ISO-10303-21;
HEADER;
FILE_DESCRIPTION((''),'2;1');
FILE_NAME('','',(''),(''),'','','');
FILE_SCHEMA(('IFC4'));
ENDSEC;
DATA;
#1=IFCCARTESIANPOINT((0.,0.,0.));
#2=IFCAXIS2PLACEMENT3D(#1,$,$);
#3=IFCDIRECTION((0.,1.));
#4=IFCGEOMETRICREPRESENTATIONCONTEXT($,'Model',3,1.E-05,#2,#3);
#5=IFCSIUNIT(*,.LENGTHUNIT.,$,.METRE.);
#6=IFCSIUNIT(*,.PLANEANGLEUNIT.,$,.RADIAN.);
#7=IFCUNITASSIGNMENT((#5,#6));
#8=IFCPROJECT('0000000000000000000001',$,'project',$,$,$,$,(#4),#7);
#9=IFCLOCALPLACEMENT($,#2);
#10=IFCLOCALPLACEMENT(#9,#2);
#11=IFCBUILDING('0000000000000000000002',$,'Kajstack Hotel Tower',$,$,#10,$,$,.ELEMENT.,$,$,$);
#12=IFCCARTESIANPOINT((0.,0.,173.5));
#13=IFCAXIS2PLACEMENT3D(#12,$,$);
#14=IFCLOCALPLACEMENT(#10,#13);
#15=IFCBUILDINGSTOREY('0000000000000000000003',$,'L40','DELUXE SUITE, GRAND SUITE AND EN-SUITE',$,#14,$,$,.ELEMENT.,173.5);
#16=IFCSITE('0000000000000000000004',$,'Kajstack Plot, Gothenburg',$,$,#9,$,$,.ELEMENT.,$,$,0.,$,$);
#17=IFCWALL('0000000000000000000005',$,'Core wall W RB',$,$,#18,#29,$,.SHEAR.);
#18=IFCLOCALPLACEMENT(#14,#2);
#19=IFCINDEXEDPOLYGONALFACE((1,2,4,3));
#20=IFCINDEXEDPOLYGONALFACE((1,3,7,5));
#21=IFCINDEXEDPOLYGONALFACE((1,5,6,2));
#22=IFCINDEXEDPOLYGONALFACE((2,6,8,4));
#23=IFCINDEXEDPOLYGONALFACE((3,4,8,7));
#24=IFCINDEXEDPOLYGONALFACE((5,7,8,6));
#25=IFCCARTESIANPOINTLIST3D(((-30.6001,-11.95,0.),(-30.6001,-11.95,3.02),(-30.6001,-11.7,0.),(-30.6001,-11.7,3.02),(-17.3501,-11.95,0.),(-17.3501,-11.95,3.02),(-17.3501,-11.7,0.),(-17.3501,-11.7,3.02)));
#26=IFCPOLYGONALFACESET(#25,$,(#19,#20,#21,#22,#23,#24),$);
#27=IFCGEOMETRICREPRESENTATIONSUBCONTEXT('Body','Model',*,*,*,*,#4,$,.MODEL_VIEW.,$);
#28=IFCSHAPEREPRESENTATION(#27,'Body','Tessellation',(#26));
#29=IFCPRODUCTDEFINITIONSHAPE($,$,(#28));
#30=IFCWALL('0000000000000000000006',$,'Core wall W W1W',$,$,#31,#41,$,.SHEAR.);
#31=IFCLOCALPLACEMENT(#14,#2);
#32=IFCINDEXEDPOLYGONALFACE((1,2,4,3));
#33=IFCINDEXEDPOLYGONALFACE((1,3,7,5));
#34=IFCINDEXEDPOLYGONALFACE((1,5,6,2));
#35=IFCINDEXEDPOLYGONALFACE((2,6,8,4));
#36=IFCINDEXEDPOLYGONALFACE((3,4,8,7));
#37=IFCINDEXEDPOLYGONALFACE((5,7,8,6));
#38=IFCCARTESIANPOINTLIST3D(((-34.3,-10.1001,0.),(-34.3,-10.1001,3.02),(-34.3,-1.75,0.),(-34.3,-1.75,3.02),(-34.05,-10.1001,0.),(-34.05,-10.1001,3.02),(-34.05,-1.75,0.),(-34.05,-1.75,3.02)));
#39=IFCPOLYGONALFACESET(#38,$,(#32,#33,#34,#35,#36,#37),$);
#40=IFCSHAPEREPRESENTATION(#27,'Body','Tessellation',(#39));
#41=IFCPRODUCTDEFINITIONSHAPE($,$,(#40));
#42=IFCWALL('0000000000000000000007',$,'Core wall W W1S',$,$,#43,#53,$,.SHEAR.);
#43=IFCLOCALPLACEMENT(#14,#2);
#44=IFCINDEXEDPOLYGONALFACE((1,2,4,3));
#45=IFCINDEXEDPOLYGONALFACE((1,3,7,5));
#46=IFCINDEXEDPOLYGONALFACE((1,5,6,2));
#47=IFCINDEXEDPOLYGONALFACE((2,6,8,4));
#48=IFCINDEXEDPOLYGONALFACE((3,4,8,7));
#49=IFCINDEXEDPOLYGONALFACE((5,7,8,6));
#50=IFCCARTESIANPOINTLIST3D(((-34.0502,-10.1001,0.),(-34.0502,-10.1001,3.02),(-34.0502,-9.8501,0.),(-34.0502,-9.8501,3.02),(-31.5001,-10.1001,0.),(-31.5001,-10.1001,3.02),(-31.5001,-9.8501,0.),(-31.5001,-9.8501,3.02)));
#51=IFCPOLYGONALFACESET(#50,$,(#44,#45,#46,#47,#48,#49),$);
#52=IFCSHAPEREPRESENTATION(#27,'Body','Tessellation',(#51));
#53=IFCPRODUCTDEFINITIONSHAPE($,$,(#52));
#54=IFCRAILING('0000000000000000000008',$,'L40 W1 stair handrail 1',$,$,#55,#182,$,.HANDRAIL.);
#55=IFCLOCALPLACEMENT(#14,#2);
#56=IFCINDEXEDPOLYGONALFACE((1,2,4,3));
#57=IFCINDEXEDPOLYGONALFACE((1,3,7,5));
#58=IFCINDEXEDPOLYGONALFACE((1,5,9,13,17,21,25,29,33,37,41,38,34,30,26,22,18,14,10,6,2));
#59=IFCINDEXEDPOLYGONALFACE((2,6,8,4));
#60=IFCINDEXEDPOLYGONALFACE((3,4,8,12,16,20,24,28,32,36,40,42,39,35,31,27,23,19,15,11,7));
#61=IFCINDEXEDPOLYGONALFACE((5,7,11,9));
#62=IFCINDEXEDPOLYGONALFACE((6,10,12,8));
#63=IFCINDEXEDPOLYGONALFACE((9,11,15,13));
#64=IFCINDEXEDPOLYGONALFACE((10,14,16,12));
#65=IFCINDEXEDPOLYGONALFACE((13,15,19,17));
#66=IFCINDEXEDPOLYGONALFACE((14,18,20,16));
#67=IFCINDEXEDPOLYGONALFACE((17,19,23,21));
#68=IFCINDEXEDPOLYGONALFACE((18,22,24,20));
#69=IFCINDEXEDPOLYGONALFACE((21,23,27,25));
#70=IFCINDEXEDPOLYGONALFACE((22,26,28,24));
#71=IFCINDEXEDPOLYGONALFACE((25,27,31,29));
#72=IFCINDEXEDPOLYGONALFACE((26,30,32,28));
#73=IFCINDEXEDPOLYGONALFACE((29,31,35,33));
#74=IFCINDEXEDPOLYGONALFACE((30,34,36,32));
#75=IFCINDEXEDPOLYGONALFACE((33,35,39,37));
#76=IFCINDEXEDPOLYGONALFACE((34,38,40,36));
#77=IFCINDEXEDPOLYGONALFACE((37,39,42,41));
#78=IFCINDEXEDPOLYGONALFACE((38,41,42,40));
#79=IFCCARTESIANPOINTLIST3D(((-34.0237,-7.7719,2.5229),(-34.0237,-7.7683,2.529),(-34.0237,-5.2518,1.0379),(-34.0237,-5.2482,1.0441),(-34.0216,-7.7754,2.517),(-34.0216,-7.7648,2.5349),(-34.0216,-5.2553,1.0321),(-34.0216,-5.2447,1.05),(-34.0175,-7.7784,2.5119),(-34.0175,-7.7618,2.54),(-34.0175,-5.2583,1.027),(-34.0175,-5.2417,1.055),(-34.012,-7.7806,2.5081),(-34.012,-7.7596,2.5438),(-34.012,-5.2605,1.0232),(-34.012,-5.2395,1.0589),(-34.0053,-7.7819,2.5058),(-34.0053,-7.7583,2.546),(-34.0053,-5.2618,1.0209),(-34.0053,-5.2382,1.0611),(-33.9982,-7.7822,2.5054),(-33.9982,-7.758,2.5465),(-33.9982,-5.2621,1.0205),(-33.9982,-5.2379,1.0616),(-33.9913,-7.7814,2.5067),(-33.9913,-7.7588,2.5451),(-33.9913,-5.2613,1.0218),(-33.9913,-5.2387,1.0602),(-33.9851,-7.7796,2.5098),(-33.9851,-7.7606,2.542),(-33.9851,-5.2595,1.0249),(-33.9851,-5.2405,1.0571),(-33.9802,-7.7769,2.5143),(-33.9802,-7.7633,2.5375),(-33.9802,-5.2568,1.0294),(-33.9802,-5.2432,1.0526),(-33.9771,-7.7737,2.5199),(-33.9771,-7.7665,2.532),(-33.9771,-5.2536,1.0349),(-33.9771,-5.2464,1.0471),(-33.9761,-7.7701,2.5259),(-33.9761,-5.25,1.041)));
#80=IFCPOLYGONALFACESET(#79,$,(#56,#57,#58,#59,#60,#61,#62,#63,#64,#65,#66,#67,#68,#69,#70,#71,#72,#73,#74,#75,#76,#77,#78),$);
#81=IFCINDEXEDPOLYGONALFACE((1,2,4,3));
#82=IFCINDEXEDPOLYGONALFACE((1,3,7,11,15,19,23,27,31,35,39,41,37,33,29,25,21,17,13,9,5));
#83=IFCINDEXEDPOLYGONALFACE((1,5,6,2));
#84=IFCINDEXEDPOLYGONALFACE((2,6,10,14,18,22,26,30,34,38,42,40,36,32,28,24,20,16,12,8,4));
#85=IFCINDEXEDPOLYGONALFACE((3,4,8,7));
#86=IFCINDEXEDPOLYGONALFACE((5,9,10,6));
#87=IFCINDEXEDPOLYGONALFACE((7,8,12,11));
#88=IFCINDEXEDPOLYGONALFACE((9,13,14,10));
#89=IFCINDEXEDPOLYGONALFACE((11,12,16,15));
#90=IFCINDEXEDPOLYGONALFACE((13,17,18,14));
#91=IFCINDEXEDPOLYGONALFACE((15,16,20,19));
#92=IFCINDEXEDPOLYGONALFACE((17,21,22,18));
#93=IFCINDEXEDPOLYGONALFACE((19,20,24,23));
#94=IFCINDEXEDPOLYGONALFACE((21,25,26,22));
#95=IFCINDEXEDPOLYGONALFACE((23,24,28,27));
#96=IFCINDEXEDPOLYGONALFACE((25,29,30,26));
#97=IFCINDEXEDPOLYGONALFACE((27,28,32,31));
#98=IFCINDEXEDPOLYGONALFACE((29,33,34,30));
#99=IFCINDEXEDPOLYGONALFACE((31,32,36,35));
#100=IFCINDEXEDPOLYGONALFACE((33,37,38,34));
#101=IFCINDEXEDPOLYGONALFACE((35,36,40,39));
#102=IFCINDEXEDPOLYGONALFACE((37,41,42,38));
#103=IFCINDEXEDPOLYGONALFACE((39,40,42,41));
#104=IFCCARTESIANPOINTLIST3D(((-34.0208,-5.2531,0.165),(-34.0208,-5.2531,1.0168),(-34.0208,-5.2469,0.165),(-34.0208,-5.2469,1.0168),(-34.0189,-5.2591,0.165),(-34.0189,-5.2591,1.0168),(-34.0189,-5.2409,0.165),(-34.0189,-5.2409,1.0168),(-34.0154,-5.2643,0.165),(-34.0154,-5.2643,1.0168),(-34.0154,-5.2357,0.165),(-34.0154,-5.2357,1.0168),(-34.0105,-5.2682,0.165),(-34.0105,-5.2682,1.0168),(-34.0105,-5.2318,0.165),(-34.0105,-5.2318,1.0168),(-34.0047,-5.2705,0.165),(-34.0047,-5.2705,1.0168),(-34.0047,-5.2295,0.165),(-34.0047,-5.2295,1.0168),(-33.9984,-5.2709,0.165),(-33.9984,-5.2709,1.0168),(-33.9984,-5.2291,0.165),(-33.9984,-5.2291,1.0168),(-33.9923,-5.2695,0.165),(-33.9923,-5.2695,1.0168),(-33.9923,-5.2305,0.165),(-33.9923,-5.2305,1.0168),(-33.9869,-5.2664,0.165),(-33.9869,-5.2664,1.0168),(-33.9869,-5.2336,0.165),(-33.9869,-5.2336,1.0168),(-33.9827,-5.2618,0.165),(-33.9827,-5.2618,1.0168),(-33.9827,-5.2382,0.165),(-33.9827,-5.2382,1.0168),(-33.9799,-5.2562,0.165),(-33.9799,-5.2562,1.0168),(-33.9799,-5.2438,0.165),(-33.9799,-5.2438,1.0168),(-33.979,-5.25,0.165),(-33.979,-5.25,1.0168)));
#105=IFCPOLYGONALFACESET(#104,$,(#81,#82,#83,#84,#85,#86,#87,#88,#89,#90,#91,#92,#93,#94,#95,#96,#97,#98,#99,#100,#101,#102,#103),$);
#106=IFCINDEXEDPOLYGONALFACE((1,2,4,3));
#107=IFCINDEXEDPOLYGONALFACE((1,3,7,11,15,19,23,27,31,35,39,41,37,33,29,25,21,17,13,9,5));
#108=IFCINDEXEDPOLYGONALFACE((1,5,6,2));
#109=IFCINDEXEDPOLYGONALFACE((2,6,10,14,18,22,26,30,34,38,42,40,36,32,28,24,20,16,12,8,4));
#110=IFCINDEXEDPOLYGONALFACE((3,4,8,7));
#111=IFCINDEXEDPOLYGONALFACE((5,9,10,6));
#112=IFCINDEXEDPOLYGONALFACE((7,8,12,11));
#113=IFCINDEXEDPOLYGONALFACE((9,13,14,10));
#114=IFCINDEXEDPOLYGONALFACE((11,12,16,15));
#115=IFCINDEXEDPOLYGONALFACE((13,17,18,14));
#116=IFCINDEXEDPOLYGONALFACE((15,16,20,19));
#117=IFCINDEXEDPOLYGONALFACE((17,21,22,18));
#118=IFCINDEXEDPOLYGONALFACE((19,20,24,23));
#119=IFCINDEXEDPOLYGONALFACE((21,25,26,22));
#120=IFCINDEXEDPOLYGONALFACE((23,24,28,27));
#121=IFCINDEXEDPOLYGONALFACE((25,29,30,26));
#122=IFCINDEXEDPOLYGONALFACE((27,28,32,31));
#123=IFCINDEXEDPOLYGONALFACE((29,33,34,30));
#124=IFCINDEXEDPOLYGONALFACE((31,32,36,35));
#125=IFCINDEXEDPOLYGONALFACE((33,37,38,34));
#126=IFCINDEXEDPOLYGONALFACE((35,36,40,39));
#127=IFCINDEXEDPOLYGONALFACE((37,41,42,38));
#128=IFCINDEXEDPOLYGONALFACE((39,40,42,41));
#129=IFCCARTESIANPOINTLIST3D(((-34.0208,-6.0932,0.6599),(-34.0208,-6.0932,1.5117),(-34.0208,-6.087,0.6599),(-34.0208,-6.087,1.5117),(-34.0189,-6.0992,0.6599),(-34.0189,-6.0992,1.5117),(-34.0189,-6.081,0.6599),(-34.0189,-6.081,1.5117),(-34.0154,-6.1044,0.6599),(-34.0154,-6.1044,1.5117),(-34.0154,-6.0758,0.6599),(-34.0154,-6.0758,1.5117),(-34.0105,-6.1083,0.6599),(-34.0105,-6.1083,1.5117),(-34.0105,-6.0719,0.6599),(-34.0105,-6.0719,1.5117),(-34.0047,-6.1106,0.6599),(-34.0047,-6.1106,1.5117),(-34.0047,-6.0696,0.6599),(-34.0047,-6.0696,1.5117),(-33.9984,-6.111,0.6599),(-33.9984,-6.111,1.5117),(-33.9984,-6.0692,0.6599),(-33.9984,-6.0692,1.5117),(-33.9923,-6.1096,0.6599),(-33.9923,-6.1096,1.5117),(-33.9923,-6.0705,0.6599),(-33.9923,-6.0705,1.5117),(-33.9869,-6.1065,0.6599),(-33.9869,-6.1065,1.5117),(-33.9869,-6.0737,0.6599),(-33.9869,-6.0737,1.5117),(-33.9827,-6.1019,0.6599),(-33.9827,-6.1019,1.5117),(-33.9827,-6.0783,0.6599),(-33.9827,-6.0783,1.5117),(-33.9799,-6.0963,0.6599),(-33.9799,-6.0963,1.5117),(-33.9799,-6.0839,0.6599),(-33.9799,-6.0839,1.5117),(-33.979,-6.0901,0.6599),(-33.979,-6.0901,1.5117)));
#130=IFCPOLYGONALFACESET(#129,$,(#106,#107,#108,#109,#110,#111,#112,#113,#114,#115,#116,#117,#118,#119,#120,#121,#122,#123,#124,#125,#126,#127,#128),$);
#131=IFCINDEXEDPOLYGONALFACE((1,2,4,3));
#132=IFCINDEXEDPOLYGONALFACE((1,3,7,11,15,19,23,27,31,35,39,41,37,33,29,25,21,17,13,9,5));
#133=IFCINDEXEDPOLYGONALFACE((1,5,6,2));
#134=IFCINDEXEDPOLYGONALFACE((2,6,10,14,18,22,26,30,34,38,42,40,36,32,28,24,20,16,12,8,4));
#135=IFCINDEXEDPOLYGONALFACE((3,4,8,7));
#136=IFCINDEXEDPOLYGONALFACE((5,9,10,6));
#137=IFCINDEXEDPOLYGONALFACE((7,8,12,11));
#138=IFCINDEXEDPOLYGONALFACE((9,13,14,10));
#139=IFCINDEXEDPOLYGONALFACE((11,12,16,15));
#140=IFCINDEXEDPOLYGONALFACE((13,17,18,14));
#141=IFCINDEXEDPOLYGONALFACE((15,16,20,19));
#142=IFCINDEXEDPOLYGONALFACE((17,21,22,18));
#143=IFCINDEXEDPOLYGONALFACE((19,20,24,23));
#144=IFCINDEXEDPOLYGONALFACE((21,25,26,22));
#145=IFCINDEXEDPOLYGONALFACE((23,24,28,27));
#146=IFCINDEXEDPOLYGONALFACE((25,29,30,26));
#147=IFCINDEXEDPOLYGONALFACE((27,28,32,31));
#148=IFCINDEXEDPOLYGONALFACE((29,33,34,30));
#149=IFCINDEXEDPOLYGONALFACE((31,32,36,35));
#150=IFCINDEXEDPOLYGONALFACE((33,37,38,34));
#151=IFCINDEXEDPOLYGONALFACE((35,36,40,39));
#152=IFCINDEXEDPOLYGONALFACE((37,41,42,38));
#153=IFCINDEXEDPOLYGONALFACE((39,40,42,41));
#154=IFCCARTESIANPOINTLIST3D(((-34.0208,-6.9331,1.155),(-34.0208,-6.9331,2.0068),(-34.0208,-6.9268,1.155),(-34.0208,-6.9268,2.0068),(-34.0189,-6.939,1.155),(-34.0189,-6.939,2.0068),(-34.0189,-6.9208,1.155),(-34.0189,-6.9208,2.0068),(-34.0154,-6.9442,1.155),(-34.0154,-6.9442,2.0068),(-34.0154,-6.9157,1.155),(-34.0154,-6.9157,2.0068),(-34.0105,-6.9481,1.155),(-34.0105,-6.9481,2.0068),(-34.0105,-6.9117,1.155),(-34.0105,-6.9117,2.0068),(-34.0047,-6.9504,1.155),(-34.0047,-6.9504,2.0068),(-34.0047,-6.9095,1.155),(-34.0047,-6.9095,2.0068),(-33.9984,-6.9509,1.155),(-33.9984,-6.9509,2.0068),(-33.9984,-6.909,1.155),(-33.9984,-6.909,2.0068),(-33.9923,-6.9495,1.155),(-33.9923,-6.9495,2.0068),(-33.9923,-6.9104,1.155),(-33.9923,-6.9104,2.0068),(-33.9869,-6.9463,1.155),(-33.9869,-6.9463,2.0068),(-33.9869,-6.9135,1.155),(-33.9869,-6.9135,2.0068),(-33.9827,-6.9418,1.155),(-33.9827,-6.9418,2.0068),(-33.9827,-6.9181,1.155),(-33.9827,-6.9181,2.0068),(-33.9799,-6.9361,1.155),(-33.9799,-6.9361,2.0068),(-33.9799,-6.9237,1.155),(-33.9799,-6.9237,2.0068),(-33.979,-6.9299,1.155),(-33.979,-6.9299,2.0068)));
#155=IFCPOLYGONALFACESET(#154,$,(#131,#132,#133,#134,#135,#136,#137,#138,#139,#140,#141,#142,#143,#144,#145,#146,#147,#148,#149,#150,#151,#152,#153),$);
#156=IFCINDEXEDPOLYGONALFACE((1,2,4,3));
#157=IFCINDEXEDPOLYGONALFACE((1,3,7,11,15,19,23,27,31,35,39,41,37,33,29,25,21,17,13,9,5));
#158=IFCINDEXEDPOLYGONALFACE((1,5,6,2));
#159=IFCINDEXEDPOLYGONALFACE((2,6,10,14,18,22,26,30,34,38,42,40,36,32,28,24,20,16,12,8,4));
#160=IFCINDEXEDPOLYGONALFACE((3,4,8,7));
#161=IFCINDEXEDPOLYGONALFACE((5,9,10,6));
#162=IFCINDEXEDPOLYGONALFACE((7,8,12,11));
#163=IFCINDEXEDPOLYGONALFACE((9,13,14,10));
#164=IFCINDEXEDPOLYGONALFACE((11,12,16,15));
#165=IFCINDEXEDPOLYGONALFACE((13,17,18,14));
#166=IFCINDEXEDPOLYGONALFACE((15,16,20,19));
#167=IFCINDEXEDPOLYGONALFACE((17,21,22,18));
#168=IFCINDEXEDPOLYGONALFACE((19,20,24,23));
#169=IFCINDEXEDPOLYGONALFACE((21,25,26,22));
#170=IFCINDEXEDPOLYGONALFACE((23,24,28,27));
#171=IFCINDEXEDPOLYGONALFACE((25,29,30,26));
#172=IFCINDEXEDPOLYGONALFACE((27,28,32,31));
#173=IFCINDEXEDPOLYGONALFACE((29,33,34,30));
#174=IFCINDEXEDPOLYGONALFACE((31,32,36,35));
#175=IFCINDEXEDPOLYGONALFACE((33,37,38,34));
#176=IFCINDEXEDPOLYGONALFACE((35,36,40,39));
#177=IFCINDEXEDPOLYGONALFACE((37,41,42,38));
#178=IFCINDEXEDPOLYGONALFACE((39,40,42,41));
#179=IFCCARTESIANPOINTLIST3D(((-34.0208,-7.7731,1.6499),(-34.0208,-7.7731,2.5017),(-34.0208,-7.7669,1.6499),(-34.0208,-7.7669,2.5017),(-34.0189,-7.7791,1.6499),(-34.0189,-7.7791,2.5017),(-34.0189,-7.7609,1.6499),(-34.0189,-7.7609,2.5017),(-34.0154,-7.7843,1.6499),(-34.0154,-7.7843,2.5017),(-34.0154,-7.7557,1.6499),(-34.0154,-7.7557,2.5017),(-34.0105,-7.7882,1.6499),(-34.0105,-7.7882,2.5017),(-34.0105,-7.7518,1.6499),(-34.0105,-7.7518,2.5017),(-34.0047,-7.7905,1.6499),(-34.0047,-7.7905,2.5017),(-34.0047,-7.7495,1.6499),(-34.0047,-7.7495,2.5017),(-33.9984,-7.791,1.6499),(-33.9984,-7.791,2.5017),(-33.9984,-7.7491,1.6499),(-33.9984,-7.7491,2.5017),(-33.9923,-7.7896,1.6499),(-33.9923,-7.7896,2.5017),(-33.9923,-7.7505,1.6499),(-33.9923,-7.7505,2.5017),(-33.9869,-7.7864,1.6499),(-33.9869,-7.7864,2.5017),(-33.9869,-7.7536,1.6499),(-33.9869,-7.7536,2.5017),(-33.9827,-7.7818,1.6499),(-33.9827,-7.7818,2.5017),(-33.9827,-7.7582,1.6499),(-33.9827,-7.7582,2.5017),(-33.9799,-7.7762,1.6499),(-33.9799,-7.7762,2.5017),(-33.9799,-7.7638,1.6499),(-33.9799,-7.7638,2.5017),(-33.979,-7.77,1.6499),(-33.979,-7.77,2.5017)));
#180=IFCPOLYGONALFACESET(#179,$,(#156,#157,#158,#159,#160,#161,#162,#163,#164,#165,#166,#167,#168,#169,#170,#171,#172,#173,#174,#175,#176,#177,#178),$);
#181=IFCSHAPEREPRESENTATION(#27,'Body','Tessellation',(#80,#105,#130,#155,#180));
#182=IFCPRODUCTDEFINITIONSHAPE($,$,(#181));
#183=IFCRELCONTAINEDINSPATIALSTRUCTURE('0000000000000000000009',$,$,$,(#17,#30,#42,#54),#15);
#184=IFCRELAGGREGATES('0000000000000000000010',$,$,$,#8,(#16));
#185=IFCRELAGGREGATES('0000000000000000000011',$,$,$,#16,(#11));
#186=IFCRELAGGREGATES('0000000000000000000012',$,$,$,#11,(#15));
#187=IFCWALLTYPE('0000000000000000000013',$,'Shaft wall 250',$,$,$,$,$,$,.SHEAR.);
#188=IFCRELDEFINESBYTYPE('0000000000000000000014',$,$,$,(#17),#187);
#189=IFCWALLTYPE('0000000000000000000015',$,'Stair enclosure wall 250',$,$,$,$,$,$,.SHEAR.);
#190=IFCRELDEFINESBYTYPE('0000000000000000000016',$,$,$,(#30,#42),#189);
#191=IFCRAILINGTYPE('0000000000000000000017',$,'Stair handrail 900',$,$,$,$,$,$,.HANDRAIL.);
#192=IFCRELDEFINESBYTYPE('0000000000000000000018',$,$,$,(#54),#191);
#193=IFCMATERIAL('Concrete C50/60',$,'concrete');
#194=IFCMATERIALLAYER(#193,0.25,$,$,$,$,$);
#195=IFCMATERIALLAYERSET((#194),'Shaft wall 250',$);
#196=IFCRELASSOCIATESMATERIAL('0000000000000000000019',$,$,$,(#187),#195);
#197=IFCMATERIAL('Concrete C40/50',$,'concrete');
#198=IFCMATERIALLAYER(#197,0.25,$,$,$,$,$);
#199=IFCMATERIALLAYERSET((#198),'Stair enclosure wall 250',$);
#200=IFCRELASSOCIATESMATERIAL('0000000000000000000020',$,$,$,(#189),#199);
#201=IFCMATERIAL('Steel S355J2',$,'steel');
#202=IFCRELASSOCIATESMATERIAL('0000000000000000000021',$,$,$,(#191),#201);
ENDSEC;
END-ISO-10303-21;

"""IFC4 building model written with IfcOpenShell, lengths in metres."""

from ifc_helpers import new_model, si_unit, direction, frame, frame_2d, origin, origin_2d, place, context, subcontext, project, spatial, rectangle, circle, extrude, material, layer, layer_set, type_object, element, save


model = new_model("IFC4")

# Units and contexts
model_context = context("Model", 3, precision=1e-05, world=origin(), true_north=direction((0.0, 1.0)))
body_context = subcontext(model_context, "Body", "Model", "MODEL_VIEW")
ifc_project = project(units=[si_unit("LENGTHUNIT", "METRE"), si_unit("PLANEANGLEUNIT", "RADIAN")], contexts=[model_context])

# Site, building, storey
site_placement = place(None, origin())
site = spatial("IfcSite", under=ifc_project, at=site_placement, Name="Kajstack Plot, Gothenburg", CompositionType="ELEMENT", RefElevation=0.0)
building_placement = place(site_placement, origin())
building = spatial("IfcBuilding", under=site, at=building_placement, Name="Kajstack Hotel Tower", CompositionType="ELEMENT")
storey_placement = place(building_placement, frame((0.0, 0.0, 173.5)))
storey = spatial("IfcBuildingStorey", under=building, at=storey_placement, Name="L40", Description="DELUXE SUITE, GRAND SUITE AND EN-SUITE", CompositionType="ELEMENT", Elevation=173.5)

# Shared definitions
ifc_material_1 = material(Name="Concrete C50/60", Category="concrete")
ifc_layer_1 = layer(ifc_material_1, 0.25)
ifc_layer_set_1 = layer_set([ifc_layer_1], Name="Shaft wall 250")
wall_type_1 = type_object("IfcWallType", Name="Shaft wall 250", PredefinedType="SHEAR", material=ifc_layer_set_1)

# Walls
wall_1_placement = place(storey_placement, frame((-30.6001, -11.825, 0.0), z_axis=(0.0, 0.0, 1.0), x_axis=(1.0, 0.0, 0.0)))
element("IfcWall", 1, at=wall_1_placement, inside=storey, type_object=wall_type_1, Name="Core wall W RB", PredefinedType="SHEAR", context=body_context, shape_type="SweptSolid", body=[
    extrude(rectangle(XDim=13.25, YDim=0.25, at=frame_2d((6.625, 0.0))), origin(), (0.0, 0.0, 1.0), 3.02),
])
ifc_material_2 = material(Name="Concrete C40/50", Category="concrete")
ifc_layer_2 = layer(ifc_material_2, 0.25)
ifc_layer_set_2 = layer_set([ifc_layer_2], Name="Stair enclosure wall 250")
wall_type_2 = type_object("IfcWallType", Name="Stair enclosure wall 250", PredefinedType="SHEAR", material=ifc_layer_set_2)
wall_2_placement = place(storey_placement, frame((-34.175, -10.1001, 0.0), z_axis=(0.0, 0.0, 1.0), x_axis=(0.0, 1.0, 0.0)))
element("IfcWall", 2, at=wall_2_placement, inside=storey, type_object=wall_type_2, Name="Core wall W W1W", PredefinedType="SHEAR", context=body_context, shape_type="SweptSolid", body=[
    extrude(rectangle(XDim=8.3501, YDim=0.25, at=frame_2d((4.175, 0.0))), origin(), (0.0, 0.0, 1.0), 3.02),
])
wall_3_placement = place(storey_placement, frame((-34.05, -9.9751, 0.0), z_axis=(0.0, 0.0, 1.0), x_axis=(1.0, 0.0, 0.0)))
element("IfcWall", 3, at=wall_3_placement, inside=storey, type_object=wall_type_2, Name="Core wall W W1S", PredefinedType="SHEAR", context=body_context, shape_type="SweptSolid", body=[
    extrude(rectangle(XDim=2.55, YDim=0.25, at=frame_2d((1.2749, 0.0))), origin(), (0.0, 0.0, 1.0), 3.02),
])

# Railing
ifc_material_3 = material(Name="Steel S355J2", Category="steel")
railing_type_1 = type_object("IfcRailingType", Name="Stair handrail 900", PredefinedType="HANDRAIL", material=ifc_material_3)
railing_1_placement = place(storey_placement, frame((-34.0, -5.25, 0.165)))
element("IfcRailing", 4, at=railing_1_placement, inside=storey, type_object=railing_type_1, Name="L40 W1 stair handrail 1", PredefinedType="HANDRAIL", context=body_context, shape_type="SweptSolid", body=[
    extrude(circle(Radius=0.0239, at=origin_2d()), frame((0.0, 0.0, 0.876), z_axis=(0.0, -0.861561, 0.507655), x_axis=(1.0, 0.0, 0.0)), (0.0, 0.0, 1.0), 2.925),
    extrude(circle(Radius=0.021, at=origin_2d()), origin(), (0.0, 0.0, 1.0), 0.8518),
    extrude(circle(Radius=0.021, at=origin_2d()), frame((0.0, -0.8401, 0.4949)), (0.0, 0.0, 1.0), 0.8518),
    extrude(circle(Radius=0.021, at=origin_2d()), frame((0.0, -1.6799, 0.99)), (0.0, 0.0, 1.0), 0.8518),
    extrude(circle(Radius=0.021, at=origin_2d()), frame((0.0, -2.52, 1.4849)), (0.0, 0.0, 1.0), 0.8518),
])

save(model, "model.ifc")
